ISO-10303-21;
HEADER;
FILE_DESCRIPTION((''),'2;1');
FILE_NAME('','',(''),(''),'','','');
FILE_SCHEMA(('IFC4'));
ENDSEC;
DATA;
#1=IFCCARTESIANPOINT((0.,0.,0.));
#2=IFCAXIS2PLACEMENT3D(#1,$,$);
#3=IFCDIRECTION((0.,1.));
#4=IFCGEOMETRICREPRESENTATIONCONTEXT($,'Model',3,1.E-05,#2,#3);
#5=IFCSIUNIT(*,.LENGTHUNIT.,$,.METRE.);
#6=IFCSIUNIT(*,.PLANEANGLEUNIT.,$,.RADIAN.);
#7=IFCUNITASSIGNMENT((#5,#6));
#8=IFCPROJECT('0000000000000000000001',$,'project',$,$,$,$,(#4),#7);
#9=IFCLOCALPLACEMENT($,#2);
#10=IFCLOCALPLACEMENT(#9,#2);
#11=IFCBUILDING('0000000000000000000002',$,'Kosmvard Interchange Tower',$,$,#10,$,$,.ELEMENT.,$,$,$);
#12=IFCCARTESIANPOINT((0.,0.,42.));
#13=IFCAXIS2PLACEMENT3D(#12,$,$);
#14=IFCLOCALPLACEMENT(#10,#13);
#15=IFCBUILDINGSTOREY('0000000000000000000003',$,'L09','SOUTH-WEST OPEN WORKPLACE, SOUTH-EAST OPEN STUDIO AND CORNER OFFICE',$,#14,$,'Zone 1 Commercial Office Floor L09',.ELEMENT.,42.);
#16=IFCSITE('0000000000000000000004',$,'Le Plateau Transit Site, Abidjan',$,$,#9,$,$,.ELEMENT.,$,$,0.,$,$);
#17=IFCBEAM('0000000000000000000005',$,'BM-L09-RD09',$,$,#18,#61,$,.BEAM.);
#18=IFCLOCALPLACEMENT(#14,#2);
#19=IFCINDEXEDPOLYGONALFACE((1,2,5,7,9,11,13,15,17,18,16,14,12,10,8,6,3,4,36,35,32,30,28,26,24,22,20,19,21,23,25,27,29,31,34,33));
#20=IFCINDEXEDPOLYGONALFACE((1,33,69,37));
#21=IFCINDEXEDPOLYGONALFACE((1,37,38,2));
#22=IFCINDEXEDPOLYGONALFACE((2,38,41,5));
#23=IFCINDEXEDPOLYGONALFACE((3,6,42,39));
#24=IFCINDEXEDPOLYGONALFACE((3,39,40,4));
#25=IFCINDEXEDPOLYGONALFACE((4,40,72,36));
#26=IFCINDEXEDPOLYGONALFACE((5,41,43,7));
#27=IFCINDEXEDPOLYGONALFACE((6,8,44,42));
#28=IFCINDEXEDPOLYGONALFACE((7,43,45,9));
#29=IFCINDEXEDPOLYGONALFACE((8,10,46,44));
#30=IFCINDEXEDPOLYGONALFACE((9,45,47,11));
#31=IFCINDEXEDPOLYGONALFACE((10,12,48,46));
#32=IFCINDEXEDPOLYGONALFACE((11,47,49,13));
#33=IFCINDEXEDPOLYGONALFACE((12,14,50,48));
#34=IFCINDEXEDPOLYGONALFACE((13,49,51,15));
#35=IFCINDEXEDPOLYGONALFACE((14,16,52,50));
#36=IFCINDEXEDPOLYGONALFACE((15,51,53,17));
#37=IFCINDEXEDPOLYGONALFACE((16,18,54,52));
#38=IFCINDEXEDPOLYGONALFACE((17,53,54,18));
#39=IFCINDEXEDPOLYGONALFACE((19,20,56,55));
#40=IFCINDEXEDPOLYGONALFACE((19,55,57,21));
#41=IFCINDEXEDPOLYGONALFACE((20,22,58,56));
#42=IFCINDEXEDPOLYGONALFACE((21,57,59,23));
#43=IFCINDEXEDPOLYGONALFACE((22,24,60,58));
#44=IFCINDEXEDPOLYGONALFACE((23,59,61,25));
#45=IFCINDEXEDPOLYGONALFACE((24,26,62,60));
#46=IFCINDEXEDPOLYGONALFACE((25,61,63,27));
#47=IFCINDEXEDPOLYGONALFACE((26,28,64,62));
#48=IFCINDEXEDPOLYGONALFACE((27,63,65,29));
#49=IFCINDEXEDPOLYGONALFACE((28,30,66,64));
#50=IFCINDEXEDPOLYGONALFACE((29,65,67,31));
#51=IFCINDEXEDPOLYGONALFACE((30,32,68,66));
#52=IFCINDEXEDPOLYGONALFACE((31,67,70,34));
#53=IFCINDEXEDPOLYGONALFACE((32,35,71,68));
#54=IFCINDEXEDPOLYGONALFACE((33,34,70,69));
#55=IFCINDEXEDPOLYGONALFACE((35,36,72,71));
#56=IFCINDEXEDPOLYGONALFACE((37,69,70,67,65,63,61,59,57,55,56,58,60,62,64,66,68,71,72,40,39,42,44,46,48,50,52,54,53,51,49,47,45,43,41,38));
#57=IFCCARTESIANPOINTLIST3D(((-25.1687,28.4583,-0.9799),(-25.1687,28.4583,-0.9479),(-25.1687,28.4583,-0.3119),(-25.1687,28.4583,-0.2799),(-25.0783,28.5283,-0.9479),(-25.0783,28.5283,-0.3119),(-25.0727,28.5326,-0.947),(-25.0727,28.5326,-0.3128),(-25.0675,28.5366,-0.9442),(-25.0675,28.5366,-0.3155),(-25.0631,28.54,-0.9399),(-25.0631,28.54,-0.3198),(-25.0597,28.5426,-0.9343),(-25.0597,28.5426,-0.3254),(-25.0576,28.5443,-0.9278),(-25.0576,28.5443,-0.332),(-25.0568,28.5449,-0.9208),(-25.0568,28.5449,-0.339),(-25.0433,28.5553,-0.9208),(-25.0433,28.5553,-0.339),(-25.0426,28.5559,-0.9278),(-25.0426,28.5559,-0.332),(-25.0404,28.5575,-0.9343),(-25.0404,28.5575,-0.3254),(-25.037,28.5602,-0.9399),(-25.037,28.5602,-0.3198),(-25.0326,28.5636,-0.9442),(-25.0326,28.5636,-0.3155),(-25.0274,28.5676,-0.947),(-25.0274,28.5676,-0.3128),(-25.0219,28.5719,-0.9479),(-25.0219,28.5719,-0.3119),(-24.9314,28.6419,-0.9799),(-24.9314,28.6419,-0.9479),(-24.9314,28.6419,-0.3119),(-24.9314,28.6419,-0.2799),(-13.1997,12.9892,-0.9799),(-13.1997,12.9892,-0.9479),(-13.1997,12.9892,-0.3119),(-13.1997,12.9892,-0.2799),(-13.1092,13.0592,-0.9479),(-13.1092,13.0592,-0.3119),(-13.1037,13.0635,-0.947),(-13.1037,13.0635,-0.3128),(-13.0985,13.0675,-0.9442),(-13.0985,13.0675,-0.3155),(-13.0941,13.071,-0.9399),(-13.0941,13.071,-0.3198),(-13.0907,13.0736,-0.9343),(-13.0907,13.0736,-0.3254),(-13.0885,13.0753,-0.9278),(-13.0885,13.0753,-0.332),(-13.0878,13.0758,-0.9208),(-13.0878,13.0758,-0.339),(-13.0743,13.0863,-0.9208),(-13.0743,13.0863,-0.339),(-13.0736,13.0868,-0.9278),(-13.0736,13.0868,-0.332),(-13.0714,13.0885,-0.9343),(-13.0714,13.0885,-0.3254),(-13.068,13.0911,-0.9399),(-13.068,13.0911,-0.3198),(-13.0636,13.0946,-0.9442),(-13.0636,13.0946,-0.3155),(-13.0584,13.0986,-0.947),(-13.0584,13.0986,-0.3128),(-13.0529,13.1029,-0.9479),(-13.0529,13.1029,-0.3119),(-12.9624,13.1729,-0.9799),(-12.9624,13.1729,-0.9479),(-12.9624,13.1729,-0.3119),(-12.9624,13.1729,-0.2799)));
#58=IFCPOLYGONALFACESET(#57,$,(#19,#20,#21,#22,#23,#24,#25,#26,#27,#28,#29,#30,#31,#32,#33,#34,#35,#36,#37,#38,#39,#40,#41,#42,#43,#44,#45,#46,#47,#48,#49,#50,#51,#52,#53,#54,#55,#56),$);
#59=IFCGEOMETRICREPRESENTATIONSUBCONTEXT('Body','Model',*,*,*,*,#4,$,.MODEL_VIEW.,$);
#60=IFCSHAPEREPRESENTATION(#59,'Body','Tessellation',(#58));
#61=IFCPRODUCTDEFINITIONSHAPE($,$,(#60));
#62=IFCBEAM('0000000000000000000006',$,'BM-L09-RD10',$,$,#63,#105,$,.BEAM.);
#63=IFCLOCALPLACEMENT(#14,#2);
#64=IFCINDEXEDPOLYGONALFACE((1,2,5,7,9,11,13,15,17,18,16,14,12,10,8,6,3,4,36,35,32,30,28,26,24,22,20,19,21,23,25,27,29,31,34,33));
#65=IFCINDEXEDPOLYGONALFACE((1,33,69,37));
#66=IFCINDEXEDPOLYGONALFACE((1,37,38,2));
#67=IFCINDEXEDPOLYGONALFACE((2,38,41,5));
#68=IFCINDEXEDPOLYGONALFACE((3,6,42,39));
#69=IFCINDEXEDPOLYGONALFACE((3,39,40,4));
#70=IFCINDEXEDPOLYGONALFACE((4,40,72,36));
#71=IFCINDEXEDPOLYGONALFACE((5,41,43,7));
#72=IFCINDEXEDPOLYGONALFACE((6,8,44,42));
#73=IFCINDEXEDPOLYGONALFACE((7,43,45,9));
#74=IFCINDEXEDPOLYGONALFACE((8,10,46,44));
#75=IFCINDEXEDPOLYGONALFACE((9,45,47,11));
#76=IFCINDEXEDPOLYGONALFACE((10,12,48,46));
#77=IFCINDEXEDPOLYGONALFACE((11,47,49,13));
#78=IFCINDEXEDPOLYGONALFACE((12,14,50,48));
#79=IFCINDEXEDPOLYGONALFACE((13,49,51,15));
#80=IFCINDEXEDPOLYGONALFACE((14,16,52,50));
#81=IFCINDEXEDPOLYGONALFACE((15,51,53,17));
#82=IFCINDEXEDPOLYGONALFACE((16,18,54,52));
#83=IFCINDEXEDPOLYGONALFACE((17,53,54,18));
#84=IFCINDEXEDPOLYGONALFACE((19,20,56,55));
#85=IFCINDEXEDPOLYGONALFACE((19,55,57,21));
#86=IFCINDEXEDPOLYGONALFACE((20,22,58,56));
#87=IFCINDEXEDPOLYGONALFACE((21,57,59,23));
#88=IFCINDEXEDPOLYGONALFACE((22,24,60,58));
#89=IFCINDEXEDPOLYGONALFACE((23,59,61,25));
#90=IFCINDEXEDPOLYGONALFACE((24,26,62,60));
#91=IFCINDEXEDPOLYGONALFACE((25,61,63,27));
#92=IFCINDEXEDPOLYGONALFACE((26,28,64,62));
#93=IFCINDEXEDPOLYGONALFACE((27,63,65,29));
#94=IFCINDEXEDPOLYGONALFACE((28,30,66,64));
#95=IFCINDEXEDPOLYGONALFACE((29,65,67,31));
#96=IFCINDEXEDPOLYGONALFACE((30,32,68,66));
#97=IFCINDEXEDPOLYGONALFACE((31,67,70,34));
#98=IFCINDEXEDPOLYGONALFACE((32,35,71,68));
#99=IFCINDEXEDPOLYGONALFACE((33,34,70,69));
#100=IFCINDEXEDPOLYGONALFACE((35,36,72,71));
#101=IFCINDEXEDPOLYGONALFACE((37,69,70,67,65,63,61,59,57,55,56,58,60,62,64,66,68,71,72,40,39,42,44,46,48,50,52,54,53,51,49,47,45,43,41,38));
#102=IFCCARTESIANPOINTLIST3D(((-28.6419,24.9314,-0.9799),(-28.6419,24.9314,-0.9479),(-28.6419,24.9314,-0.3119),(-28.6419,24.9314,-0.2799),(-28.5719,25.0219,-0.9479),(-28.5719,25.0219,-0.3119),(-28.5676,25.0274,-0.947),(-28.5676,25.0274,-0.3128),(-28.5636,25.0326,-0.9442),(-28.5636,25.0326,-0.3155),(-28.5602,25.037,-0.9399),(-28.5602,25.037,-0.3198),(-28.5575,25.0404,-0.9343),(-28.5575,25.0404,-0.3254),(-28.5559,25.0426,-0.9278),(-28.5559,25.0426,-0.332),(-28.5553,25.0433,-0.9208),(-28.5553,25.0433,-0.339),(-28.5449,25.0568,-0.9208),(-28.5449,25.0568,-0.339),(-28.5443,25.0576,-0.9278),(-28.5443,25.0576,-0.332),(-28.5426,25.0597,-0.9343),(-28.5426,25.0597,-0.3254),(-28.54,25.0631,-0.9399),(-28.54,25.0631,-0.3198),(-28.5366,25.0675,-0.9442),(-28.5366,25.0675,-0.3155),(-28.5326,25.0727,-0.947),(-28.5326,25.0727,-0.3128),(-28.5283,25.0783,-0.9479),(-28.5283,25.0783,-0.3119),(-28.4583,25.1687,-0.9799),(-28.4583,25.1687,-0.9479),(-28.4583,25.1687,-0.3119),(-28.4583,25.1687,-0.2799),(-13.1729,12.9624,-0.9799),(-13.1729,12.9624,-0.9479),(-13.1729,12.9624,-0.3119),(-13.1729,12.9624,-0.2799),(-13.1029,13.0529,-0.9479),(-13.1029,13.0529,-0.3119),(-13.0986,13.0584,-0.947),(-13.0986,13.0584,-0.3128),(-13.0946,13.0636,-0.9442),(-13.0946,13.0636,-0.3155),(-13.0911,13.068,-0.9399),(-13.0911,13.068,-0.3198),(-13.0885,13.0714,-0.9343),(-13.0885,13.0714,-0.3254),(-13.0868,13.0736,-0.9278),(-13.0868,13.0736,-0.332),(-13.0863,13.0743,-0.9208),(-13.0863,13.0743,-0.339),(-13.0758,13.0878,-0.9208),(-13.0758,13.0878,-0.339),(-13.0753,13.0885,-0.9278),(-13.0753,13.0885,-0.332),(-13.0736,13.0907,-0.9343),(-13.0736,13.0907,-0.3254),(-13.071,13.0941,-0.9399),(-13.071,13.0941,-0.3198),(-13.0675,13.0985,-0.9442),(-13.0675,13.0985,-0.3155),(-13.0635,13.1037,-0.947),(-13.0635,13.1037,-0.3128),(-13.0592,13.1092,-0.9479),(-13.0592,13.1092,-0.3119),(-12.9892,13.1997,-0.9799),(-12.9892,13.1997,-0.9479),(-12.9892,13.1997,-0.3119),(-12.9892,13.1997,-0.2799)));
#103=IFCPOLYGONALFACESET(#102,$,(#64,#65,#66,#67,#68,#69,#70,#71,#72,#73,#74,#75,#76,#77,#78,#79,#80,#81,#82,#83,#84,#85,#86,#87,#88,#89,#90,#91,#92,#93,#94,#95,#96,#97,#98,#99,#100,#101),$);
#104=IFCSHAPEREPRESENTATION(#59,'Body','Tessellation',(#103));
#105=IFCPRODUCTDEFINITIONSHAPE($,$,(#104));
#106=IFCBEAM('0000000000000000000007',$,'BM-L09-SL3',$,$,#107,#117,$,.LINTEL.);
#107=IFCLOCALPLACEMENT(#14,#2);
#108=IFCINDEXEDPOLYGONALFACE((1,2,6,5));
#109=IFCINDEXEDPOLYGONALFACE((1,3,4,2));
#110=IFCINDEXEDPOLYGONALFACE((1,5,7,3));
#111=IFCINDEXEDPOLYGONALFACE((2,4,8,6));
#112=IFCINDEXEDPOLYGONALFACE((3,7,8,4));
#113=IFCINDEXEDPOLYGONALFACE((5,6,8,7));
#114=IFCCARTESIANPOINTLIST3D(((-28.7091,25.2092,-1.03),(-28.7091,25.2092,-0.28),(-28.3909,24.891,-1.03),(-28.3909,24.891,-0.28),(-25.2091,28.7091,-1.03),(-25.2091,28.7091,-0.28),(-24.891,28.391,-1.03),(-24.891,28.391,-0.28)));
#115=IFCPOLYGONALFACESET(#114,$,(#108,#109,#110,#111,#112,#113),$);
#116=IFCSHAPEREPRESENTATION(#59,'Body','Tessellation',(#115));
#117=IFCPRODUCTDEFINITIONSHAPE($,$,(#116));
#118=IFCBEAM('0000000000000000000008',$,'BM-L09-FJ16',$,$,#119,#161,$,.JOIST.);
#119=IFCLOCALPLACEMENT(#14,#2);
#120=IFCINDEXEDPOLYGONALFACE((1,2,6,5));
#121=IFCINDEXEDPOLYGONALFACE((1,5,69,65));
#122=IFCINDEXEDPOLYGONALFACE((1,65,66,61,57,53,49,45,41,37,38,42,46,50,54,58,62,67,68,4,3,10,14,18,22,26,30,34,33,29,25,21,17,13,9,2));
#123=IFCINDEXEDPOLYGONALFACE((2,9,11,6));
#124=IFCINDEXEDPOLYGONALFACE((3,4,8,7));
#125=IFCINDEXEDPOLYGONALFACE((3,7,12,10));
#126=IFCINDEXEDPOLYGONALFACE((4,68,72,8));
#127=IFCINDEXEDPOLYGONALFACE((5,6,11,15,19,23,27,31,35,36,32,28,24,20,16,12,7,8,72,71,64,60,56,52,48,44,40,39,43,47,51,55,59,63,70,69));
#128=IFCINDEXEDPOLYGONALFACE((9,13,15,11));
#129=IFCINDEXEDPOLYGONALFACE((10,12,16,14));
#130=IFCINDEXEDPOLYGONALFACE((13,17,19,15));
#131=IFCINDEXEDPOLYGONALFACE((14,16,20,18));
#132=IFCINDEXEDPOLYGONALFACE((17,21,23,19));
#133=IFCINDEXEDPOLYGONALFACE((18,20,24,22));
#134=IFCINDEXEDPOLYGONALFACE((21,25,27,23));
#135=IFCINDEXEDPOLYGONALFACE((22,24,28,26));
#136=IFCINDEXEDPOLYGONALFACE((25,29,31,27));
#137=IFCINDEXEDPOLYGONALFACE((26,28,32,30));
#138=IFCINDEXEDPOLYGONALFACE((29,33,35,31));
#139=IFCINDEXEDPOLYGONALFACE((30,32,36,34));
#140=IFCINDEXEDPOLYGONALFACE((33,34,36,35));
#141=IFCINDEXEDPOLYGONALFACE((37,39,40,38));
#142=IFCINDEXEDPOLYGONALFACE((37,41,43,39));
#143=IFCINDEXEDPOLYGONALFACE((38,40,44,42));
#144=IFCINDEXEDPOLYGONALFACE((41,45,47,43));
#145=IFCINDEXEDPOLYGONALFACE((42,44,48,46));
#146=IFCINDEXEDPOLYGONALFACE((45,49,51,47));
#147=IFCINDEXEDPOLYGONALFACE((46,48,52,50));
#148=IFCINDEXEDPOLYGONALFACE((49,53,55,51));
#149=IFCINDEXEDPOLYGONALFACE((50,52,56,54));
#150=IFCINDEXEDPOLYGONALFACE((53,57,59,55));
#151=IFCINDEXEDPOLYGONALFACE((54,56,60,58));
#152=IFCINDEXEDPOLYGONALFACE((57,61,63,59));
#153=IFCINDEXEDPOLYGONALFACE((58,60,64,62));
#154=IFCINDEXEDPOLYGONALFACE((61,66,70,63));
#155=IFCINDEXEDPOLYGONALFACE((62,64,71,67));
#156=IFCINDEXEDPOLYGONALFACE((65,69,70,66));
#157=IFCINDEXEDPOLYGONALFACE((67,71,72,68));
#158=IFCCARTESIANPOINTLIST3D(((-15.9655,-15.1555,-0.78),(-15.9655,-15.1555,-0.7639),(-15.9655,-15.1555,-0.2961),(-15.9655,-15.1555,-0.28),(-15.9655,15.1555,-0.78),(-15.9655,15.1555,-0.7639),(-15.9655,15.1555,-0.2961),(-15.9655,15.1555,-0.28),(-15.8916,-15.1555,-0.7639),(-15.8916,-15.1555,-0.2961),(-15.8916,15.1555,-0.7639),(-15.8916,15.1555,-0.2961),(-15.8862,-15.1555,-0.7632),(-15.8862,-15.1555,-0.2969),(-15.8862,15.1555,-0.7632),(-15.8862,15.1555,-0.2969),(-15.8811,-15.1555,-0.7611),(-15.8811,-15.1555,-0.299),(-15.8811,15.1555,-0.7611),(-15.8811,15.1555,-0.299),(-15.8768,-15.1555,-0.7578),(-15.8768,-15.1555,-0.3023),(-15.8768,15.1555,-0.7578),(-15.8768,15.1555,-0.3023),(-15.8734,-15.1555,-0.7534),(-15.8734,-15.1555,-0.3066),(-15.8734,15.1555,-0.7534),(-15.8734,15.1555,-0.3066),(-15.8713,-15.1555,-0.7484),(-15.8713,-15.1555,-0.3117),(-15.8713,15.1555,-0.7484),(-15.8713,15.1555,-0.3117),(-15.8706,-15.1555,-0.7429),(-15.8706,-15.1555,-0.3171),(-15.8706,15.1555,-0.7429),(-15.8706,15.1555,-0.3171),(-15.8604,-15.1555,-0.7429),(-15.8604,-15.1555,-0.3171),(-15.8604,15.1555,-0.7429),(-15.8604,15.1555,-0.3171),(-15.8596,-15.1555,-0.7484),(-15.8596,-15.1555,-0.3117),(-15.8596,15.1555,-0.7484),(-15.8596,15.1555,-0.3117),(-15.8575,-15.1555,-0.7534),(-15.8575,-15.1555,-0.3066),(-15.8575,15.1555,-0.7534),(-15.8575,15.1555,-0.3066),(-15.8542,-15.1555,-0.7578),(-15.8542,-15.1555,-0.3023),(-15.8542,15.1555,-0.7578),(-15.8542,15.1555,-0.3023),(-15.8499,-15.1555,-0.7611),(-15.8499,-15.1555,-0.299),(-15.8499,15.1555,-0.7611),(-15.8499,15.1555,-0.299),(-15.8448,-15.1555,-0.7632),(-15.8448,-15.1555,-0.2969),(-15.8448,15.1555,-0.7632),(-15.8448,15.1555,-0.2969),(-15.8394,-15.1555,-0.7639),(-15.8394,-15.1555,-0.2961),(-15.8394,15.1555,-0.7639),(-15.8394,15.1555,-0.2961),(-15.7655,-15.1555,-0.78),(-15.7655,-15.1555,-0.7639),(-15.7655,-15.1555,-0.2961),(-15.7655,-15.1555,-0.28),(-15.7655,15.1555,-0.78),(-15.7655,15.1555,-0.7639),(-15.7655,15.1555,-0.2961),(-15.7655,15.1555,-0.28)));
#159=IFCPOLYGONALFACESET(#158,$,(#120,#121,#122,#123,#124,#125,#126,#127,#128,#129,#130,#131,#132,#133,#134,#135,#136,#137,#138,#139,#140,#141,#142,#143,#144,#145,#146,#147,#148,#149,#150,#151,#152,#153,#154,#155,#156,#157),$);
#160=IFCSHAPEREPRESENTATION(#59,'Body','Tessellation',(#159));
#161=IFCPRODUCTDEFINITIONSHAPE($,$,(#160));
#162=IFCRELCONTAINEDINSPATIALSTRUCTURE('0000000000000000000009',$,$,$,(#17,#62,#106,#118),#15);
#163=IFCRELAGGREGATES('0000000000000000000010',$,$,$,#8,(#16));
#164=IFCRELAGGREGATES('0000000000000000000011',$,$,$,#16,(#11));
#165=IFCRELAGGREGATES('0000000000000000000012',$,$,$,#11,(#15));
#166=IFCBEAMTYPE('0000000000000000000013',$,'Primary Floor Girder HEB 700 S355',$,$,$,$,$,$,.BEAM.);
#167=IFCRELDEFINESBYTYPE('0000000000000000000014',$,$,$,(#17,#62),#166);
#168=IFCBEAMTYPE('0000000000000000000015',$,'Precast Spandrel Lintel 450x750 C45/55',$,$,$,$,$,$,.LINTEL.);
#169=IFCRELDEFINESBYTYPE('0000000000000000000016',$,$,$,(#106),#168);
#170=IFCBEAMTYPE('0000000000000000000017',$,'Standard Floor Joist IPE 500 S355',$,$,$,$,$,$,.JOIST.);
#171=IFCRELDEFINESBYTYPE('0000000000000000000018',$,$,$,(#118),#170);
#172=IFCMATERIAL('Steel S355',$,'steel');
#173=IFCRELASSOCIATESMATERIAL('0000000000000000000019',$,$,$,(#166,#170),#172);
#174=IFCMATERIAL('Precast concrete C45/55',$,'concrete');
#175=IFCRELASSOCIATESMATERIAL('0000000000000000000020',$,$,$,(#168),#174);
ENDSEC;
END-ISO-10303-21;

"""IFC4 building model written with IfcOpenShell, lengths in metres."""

from ifc_helpers import new_model, si_unit, direction, frame, origin, origin_2d, place, context, subcontext, project, spatial, rectangle, i_section, extrude, source, transform, mapped, material, material_profile, profile_set, type_object, element, save


model = new_model("IFC4")

# Units and contexts
model_context = context("Model", 3, precision=1e-05, world=origin(), true_north=direction((0.0, 1.0)))
body_context = subcontext(model_context, "Body", "Model", "MODEL_VIEW")
ifc_project = project(units=[si_unit("LENGTHUNIT", "METRE"), si_unit("PLANEANGLEUNIT", "RADIAN")], contexts=[model_context])

# Site, building, storey
site_placement = place(None, origin())
site = spatial("IfcSite", under=ifc_project, at=site_placement, Name="Le Plateau Transit Site, Abidjan", CompositionType="ELEMENT", RefElevation=0.0)
building_placement = place(site_placement, origin())
building = spatial("IfcBuilding", under=site, at=building_placement, Name="Kosmvard Interchange Tower", CompositionType="ELEMENT")
storey_placement = place(building_placement, frame((0.0, 0.0, 42.0)))
storey = spatial("IfcBuildingStorey", under=building, at=storey_placement, Name="L09", Description="SOUTH-WEST OPEN WORKPLACE, SOUTH-EAST OPEN STUDIO AND CORNER OFFICE", LongName="Zone 1 Commercial Office Floor L09", CompositionType="ELEMENT", Elevation=42.0)

# Beams
ifc_material_1 = material(Name="Steel S355", Category="steel")
ifc_material_profile_1 = material_profile(ifc_material_1, i_section(OverallWidth=0.3, OverallDepth=0.7, WebThickness=0.0171, FlangeThickness=0.032, FilletRadius=0.0271, at=origin_2d()), Name="HEB 700")
ifc_profile_set_1 = profile_set([ifc_material_profile_1], Name="Steel S355")
beam_type_1 = type_object("IfcBeamType", Name="Primary Floor Girder HEB 700 S355", PredefinedType="BEAM", material=ifc_profile_set_1)
shared_shape_1 = source(origin(), body_context, "Body", "SweptSolid", [
    extrude(i_section(OverallWidth=0.3, OverallDepth=0.7, WebThickness=0.0171, FlangeThickness=0.032, FilletRadius=0.0271, at=origin_2d()), origin(), (0.0, 0.0, 1.0), 19.5588),
])
for number, where, z_axis, x_axis, name in (
    (1, (-13.0811, 13.0811, -0.6299), (-0.611949, 0.790897, 0.0), (-0.790897, -0.611949, 0.0), "BM-L09-RD09"),
    (2, (-13.0811, 13.0811, -0.6299), (-0.790897, 0.611949, 0.0), (-0.611949, -0.790897, 0.0), "BM-L09-RD10"),
):
    element("IfcBeam", number, at=place(storey_placement, frame(where, z_axis=z_axis, x_axis=x_axis)), inside=storey, type_object=beam_type_1, Name=name, PredefinedType="BEAM", context=body_context, shape_type="MappedRepresentation", body=[
        mapped(shared_shape_1, transform((0.0, 0.0, 0.0), scale=1.0)),
    ])
ifc_material_2 = material(Name="Precast concrete C45/55", Category="concrete")
ifc_material_profile_2 = material_profile(ifc_material_2, rectangle(XDim=0.45, YDim=0.75, at=origin_2d()), Name="SL 450x750")
ifc_profile_set_2 = profile_set([ifc_material_profile_2], Name="Precast concrete C45/55")
beam_type_2 = type_object("IfcBeamType", Name="Precast Spandrel Lintel 450x750 C45/55", PredefinedType="LINTEL", material=ifc_profile_set_2)
shared_shape_2 = source(origin(), body_context, "Body", "SweptSolid", [
    extrude(rectangle(XDim=0.45, YDim=0.75, at=origin_2d()), origin(), (0.0, 0.0, 1.0), 4.9497),
])
beam_1_placement = place(storey_placement, frame((-25.05, 28.55, -0.655), z_axis=(-0.707107, -0.707107, 0.0), x_axis=(0.707107, -0.707107, 0.0)))
element("IfcBeam", 3, at=beam_1_placement, inside=storey, type_object=beam_type_2, Name="BM-L09-SL3", PredefinedType="LINTEL", context=body_context, shape_type="MappedRepresentation", body=[
    mapped(shared_shape_2, transform((0.0, 0.0, 0.0), scale=1.0)),
])
ifc_material_profile_3 = material_profile(ifc_material_1, i_section(OverallWidth=0.2, OverallDepth=0.5, WebThickness=0.0103, FlangeThickness=0.0161, FilletRadius=0.021, at=origin_2d()), Name="IPE 500")
ifc_profile_set_3 = profile_set([ifc_material_profile_3], Name="Steel S355")
beam_type_3 = type_object("IfcBeamType", Name="Standard Floor Joist IPE 500 S355", PredefinedType="JOIST", material=ifc_profile_set_3)
shared_shape_3 = source(origin(), body_context, "Body", "SweptSolid", [
    extrude(i_section(OverallWidth=0.2, OverallDepth=0.5, WebThickness=0.0103, FlangeThickness=0.0161, FilletRadius=0.021, at=origin_2d()), origin(), (0.0, 0.0, 1.0), 30.311),
])
beam_2_placement = place(storey_placement, frame((-15.8655, 15.1555, -0.53), z_axis=(0.0, -1.0, 0.0), x_axis=(1.0, 0.0, 0.0)))
element("IfcBeam", 4, at=beam_2_placement, inside=storey, type_object=beam_type_3, Name="BM-L09-FJ16", PredefinedType="JOIST", context=body_context, shape_type="MappedRepresentation", body=[
    mapped(shared_shape_3, transform((0.0, 0.0, 0.0), scale=1.0)),
])

save(model, "model.ifc")
